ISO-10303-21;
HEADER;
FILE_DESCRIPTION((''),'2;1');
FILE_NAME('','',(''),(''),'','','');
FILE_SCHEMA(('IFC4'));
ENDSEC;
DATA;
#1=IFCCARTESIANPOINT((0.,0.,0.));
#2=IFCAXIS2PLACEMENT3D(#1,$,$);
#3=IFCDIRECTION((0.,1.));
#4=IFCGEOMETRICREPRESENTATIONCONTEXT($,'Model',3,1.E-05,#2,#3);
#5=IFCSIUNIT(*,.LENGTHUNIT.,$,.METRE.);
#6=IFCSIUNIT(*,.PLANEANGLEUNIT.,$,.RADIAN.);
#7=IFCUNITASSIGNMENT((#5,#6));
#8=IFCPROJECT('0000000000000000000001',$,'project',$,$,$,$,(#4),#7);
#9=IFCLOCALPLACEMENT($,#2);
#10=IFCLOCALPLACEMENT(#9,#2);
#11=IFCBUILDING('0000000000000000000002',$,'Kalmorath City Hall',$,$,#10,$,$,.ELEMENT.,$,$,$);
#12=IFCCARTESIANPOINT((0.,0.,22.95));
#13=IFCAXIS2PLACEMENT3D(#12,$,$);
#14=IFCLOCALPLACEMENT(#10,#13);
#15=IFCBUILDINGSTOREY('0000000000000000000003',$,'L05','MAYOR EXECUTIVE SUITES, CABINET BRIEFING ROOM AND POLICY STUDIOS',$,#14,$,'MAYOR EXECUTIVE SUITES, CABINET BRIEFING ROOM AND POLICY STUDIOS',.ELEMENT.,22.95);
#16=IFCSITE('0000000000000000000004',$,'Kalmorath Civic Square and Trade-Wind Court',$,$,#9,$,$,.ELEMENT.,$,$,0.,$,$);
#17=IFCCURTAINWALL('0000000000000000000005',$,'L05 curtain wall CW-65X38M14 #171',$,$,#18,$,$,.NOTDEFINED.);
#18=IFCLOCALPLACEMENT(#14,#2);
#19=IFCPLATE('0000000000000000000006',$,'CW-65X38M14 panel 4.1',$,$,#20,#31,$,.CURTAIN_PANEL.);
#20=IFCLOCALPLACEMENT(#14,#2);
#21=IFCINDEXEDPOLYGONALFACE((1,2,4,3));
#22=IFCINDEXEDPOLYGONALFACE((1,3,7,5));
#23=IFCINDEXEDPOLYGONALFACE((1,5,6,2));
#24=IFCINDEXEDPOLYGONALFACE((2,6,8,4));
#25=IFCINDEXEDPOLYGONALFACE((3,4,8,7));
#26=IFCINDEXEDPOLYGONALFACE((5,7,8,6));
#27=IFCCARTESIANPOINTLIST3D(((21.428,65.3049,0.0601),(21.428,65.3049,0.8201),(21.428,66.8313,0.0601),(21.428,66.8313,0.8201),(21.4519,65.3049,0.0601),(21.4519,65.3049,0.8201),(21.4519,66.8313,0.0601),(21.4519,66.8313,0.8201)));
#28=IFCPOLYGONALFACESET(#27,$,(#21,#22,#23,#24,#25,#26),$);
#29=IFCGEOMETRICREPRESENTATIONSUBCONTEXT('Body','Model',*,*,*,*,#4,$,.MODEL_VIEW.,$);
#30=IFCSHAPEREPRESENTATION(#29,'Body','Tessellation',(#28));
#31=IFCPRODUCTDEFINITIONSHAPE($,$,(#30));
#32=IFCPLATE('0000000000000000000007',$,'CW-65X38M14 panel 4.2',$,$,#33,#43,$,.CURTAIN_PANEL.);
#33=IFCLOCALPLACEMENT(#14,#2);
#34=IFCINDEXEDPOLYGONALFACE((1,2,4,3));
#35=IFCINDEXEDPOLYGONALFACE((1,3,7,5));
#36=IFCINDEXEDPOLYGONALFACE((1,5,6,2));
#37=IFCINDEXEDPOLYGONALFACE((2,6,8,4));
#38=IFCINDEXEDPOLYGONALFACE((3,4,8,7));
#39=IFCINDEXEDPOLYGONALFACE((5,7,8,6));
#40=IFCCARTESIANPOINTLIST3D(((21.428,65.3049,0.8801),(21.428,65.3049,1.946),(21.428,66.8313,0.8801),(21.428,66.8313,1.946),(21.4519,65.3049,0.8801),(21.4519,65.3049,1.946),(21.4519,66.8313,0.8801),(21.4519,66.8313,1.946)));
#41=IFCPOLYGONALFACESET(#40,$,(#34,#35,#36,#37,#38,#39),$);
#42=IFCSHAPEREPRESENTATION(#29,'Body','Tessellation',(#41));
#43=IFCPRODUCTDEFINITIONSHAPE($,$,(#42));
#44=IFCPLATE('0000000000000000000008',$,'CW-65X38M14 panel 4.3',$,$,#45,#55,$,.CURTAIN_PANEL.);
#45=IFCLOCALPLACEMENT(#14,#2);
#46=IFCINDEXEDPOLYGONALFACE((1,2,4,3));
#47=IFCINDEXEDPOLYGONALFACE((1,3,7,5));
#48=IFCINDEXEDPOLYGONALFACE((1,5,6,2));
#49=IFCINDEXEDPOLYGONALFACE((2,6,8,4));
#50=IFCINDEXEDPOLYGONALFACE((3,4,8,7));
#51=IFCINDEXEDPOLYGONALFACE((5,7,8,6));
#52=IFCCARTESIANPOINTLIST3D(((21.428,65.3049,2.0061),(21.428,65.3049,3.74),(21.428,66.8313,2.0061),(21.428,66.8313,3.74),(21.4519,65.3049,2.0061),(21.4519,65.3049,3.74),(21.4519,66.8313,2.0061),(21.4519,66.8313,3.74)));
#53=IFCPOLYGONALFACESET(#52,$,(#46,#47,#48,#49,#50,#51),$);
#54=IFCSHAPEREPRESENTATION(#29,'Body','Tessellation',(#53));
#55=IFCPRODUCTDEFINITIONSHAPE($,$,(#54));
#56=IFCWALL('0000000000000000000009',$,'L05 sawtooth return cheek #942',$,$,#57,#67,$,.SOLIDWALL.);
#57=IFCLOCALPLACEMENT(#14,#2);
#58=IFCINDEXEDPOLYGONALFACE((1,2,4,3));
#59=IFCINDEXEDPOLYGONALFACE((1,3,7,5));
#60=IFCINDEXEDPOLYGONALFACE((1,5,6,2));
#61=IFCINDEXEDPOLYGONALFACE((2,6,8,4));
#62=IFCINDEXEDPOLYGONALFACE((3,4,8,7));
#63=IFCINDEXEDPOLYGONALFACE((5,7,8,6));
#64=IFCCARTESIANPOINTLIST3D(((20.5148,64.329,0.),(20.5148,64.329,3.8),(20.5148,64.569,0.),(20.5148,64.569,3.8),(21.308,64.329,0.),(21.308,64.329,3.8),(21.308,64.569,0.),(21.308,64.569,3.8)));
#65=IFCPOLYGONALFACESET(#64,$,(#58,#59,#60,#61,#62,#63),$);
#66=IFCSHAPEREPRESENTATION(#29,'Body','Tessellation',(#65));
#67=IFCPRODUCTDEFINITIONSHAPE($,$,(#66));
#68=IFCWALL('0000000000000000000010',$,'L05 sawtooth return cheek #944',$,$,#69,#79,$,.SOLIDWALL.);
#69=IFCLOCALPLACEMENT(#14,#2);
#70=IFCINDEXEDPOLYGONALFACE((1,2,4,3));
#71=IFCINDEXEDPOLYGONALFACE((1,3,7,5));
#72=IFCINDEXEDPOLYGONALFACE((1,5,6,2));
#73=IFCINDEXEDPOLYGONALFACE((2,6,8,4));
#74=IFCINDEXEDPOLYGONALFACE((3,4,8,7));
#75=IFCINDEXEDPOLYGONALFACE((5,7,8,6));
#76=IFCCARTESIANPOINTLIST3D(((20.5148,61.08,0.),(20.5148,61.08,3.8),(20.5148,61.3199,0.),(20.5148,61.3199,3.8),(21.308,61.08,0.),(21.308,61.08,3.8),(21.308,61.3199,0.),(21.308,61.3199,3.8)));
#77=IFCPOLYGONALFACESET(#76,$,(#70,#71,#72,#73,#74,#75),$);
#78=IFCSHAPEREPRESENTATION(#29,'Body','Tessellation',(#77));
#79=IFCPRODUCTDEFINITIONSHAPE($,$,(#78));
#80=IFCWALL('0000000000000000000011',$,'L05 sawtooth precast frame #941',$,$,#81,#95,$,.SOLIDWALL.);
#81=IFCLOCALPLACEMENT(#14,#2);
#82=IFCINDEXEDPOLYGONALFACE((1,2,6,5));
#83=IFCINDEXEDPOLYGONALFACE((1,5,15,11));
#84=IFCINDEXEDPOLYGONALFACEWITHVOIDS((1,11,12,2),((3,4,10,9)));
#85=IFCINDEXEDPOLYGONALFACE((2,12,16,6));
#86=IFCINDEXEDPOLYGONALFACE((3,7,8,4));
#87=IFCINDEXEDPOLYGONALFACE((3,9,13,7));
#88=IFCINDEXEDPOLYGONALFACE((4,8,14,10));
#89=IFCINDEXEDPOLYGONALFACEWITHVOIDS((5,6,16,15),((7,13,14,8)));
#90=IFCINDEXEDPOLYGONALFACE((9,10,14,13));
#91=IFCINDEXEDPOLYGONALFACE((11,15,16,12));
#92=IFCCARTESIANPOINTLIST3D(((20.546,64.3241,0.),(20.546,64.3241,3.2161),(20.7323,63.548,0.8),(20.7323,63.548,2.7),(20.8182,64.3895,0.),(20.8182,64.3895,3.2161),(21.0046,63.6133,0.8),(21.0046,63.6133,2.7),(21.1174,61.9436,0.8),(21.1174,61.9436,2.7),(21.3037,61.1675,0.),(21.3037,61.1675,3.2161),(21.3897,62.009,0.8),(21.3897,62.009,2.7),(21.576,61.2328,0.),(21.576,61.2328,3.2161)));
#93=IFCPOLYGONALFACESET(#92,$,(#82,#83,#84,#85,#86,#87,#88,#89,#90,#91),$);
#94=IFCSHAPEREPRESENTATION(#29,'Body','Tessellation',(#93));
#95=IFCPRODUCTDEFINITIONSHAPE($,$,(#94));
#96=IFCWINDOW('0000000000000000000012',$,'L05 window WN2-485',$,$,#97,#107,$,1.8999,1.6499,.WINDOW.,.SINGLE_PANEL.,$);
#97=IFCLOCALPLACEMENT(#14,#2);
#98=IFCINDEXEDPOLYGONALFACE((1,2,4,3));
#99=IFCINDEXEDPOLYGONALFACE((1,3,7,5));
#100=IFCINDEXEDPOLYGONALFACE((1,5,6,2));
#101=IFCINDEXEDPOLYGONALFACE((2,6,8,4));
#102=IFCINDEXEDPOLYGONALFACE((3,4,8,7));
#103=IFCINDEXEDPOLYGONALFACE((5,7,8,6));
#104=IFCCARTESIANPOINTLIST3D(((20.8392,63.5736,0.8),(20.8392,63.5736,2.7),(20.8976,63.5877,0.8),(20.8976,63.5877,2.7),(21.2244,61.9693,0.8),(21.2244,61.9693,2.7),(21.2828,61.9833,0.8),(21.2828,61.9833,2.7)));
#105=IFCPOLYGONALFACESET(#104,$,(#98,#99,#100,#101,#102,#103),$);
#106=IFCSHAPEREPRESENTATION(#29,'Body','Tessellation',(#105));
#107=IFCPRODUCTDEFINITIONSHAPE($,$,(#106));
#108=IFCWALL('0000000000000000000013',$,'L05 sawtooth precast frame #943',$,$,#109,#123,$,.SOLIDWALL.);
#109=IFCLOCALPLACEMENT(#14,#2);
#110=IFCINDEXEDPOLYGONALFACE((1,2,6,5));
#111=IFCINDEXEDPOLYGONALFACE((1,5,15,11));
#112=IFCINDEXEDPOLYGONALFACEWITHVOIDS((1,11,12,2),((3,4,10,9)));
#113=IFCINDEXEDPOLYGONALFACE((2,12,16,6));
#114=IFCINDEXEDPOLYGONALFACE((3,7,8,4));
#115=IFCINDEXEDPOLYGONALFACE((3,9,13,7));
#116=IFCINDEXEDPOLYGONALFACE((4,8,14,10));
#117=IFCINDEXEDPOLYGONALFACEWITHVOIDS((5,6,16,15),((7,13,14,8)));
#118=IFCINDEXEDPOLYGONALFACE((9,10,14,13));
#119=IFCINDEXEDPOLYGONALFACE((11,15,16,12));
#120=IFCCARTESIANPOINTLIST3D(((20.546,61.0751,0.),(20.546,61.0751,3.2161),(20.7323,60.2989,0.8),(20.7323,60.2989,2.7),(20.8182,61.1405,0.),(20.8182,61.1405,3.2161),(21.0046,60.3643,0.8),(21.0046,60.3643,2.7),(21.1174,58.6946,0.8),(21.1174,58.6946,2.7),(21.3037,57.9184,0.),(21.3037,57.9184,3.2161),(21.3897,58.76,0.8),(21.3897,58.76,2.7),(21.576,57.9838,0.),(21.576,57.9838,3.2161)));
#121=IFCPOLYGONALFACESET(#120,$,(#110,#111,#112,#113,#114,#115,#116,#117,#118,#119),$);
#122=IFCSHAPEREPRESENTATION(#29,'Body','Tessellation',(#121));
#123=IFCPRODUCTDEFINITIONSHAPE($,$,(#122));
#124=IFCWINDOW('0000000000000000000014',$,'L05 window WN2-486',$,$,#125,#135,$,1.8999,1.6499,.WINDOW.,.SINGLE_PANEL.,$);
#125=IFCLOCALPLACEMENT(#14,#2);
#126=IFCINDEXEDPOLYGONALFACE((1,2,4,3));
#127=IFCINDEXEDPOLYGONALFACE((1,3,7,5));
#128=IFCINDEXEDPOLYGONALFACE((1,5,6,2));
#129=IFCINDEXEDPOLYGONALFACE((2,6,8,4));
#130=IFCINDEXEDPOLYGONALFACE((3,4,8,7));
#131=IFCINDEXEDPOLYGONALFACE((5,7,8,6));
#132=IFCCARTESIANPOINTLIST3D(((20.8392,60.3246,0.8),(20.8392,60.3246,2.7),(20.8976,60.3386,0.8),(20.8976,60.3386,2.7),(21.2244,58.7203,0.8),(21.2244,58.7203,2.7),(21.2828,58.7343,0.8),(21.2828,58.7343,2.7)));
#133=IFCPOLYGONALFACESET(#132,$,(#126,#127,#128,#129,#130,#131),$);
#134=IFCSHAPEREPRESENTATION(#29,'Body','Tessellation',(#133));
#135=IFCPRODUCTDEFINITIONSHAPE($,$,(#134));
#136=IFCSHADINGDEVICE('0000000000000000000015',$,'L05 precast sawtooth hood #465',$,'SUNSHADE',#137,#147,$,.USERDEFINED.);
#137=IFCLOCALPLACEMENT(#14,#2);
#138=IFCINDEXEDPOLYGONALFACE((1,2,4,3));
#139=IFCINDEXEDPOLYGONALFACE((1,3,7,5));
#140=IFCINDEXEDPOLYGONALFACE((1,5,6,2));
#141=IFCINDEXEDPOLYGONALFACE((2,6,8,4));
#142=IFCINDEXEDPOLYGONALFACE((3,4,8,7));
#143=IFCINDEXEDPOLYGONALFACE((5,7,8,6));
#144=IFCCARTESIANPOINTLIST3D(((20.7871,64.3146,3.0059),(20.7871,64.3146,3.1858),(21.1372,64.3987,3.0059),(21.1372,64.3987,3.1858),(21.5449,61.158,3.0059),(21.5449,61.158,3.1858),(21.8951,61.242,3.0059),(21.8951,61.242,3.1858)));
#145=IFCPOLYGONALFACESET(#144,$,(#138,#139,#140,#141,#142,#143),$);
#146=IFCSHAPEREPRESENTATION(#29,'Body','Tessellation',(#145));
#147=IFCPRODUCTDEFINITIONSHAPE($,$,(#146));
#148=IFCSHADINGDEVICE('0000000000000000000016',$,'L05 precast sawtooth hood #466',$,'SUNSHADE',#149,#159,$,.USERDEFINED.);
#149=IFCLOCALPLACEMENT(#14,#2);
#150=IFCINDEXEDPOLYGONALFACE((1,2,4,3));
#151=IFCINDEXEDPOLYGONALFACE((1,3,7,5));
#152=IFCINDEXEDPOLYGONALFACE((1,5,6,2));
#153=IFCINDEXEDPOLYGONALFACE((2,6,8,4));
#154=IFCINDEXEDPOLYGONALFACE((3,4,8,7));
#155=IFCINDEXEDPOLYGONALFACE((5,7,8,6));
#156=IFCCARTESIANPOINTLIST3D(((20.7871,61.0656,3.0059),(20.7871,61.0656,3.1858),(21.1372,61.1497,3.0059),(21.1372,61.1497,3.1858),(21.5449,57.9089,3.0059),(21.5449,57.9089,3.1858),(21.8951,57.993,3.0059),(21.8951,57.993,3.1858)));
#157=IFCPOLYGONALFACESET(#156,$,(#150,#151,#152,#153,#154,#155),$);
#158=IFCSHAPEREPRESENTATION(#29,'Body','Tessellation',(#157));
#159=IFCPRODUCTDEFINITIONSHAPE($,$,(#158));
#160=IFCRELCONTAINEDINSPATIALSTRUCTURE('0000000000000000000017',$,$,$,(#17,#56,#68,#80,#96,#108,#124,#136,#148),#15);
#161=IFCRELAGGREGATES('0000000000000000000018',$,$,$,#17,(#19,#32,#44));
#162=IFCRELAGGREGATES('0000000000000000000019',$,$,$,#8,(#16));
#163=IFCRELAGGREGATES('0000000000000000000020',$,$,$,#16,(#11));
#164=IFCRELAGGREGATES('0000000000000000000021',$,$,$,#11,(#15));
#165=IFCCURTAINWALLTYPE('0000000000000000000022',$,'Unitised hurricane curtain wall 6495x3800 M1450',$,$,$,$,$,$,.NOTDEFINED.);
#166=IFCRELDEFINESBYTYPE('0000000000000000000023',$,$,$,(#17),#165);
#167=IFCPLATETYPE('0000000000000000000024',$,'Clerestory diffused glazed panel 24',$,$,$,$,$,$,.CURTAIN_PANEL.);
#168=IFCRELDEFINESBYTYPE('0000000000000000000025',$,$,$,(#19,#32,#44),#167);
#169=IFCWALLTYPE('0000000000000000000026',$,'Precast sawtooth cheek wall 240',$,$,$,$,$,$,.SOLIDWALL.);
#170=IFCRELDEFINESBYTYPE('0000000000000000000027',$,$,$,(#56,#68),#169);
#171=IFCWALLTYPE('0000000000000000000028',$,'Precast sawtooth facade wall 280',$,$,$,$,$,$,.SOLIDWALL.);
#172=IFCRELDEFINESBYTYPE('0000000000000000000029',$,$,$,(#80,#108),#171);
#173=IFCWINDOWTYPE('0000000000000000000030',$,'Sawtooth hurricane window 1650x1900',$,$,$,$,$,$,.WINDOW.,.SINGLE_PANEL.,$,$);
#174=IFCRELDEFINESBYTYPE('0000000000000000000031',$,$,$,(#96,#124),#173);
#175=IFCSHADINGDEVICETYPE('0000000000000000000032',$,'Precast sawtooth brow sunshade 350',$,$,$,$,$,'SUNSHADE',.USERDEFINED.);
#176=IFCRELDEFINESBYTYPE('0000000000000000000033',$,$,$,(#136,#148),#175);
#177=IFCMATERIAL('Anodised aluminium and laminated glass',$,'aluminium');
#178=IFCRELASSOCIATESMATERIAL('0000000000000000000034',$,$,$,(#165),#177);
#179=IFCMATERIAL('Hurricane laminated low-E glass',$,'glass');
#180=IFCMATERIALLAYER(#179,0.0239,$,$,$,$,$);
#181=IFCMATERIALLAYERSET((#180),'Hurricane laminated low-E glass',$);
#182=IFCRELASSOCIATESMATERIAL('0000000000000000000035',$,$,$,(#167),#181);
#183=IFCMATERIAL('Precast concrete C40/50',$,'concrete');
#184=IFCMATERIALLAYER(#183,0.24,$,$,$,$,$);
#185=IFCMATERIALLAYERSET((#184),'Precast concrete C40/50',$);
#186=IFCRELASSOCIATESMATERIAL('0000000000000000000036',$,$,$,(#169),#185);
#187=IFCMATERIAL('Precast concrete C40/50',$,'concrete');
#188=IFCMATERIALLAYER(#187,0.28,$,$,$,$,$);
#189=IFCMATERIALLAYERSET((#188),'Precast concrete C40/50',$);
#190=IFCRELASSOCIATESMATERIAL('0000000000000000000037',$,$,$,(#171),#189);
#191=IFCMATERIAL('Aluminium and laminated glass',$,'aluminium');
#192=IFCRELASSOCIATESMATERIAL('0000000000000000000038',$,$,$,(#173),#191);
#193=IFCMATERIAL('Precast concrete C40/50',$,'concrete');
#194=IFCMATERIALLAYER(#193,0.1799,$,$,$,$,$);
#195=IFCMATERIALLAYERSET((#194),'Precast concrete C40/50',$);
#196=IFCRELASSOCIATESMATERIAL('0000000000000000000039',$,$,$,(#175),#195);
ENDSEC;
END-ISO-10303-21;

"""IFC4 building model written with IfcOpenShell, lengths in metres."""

from ifc_helpers import new_model, si_unit, direction, frame, frame_2d, origin, origin_2d, place, context, subcontext, project, spatial, rectangle, extrude, material, layer, layer_set, type_object, element, fill, aggregate, save


model = new_model("IFC4")

# Units and contexts
model_context = context("Model", 3, precision=1e-05, world=origin(), true_north=direction((0.0, 1.0)))
body_context = subcontext(model_context, "Body", "Model", "MODEL_VIEW")
ifc_project = project(units=[si_unit("LENGTHUNIT", "METRE"), si_unit("PLANEANGLEUNIT", "RADIAN")], contexts=[model_context])

# Site, building, storey
site_placement = place(None, origin())
site = spatial("IfcSite", under=ifc_project, at=site_placement, Name="Kalmorath Civic Square and Trade-Wind Court", CompositionType="ELEMENT", RefElevation=0.0)
building_placement = place(site_placement, origin())
building = spatial("IfcBuilding", under=site, at=building_placement, Name="Kalmorath City Hall", CompositionType="ELEMENT")
storey_placement = place(building_placement, frame((0.0, 0.0, 22.95)))
storey = spatial("IfcBuildingStorey", under=building, at=storey_placement, Name="L05", Description="MAYOR EXECUTIVE SUITES, CABINET BRIEFING ROOM AND POLICY STUDIOS", LongName="MAYOR EXECUTIVE SUITES, CABINET BRIEFING ROOM AND POLICY STUDIOS", CompositionType="ELEMENT", Elevation=22.95)

# Curtain wall
ifc_material_1 = material(Name="Anodised aluminium and laminated glass", Category="aluminium")
curtain_wall_type = type_object("IfcCurtainWallType", Name="Unitised hurricane curtain wall 6495x3800 M1450", PredefinedType="NOTDEFINED", material=ifc_material_1)
curtain_wall_placement = place(storey_placement, origin())
curtain_wall = element("IfcCurtainWall", 1, at=curtain_wall_placement, inside=storey, type_object=curtain_wall_type, Name="L05 curtain wall CW-65X38M14 #171", PredefinedType="NOTDEFINED")

# Plates
ifc_material_2 = material(Name="Hurricane laminated low-E glass", Category="glass")
ifc_layer_1 = layer(ifc_material_2, 0.0239)
ifc_layer_set_1 = layer_set([ifc_layer_1], Name="Hurricane laminated low-E glass")
plate_type = type_object("IfcPlateType", Name="Clerestory diffused glazed panel 24", PredefinedType="CURTAIN_PANEL", material=ifc_layer_set_1)
plate_1_placement = place(storey_placement, frame((21.4399, 66.0681, 0.0601), z_axis=(0.0, 0.0, 1.0), x_axis=(0.0, -1.0, 0.0)))
plate_1 = element("IfcPlate", 2, at=plate_1_placement, type_object=plate_type, Name="CW-65X38M14 panel 4.1", PredefinedType="CURTAIN_PANEL", context=body_context, shape_type="SweptSolid", body=[
    extrude(rectangle(XDim=1.5264, YDim=0.0239, at=origin_2d()), origin(), (0.0, 0.0, 1.0), 0.76),
])
plate_2_placement = place(storey_placement, frame((21.4399, 66.0681, 0.8801), z_axis=(0.0, 0.0, 1.0), x_axis=(0.0, -1.0, 0.0)))
plate_2 = element("IfcPlate", 3, at=plate_2_placement, type_object=plate_type, Name="CW-65X38M14 panel 4.2", PredefinedType="CURTAIN_PANEL", context=body_context, shape_type="SweptSolid", body=[
    extrude(rectangle(XDim=1.5264, YDim=0.0239, at=origin_2d()), origin(), (0.0, 0.0, 1.0), 1.0659),
])
plate_3_placement = place(storey_placement, frame((21.4399, 66.0681, 2.0061), z_axis=(0.0, 0.0, 1.0), x_axis=(0.0, -1.0, 0.0)))
plate_3 = element("IfcPlate", 4, at=plate_3_placement, type_object=plate_type, Name="CW-65X38M14 panel 4.3", PredefinedType="CURTAIN_PANEL", context=body_context, shape_type="SweptSolid", body=[
    extrude(rectangle(XDim=1.5264, YDim=0.0239, at=origin_2d()), origin(), (0.0, 0.0, 1.0), 1.7339),
])
aggregate(curtain_wall, [plate_1, plate_2, plate_3])

# Walls
ifc_material_3 = material(Name="Precast concrete C40/50", Category="concrete")
ifc_layer_2 = layer(ifc_material_3, 0.24)
ifc_layer_set_2 = layer_set([ifc_layer_2], Name="Precast concrete C40/50")
wall_type_1 = type_object("IfcWallType", Name="Precast sawtooth cheek wall 240", PredefinedType="SOLIDWALL", material=ifc_layer_set_2)
for number, where, z_axis, x_axis, name in (
    (5, (20.5149, 64.449, 0.0), (0.0, 0.0, 1.0), (1.0, 0.0, 0.0), "L05 sawtooth return cheek #942"),
    (6, (20.5149, 61.2, 0.0), (0.0, 0.0, 1.0), (1.0, 0.0, 0.0), "L05 sawtooth return cheek #944"),
):
    element("IfcWall", number, at=place(storey_placement, frame(where, z_axis=z_axis, x_axis=x_axis)), inside=storey, type_object=wall_type_1, Name=name, PredefinedType="SOLIDWALL", context=body_context, shape_type="SweptSolid", body=[
        extrude(rectangle(XDim=0.7932, YDim=0.24, at=frame_2d((0.3965, 0.0))), origin(), (0.0, 0.0, 1.0), 3.8),
    ])

# Walls, openings, windows
ifc_material_4 = material(Name="Precast concrete C40/50", Category="concrete")
ifc_layer_3 = layer(ifc_material_4, 0.28)
ifc_layer_set_3 = layer_set([ifc_layer_3], Name="Precast concrete C40/50")
wall_type_2 = type_object("IfcWallType", Name="Precast sawtooth facade wall 280", PredefinedType="SOLIDWALL", material=ifc_layer_set_3)
wall_1_placement = place(storey_placement, frame((20.6821, 64.3567, 0.0), z_axis=(0.0, 0.0, 1.0), x_axis=(0.23343, -0.972374, 0.0)))
wall_1 = element("IfcWall", 7, at=wall_1_placement, inside=storey, type_object=wall_type_2, Name="L05 sawtooth precast frame #941", PredefinedType="SOLIDWALL", context=body_context, shape_type="SweptSolid", body=[
    extrude(rectangle(XDim=3.2463, YDim=0.28, at=frame_2d((1.623, 0.0))), origin(), (0.0, 0.0, 1.0), 3.2161),
])
opening_1_placement = place(wall_1_placement, frame((0.7981, 0.0, 0.8)))
opening_1 = element("IfcOpeningElement", 8, at=opening_1_placement, cuts=wall_1, PredefinedType="OPENING", context=body_context, shape_type="SweptSolid", body=[
    extrude(rectangle(XDim=1.6499, YDim=1.8999, at=frame_2d((0.825, 0.95))), frame((0.0, 0.1499, 0.0), z_axis=(0.0, -1.0, 0.0), x_axis=(1.0, 0.0, 0.0)), (0.0, 0.0, 1.0), 0.3),
])
ifc_material_5 = material(Name="Aluminium and laminated glass", Category="aluminium")
window_type = type_object("IfcWindowType", Name="Sawtooth hurricane window 1650x1900", PartitioningType="SINGLE_PANEL", PredefinedType="WINDOW", material=ifc_material_5)
window_1_placement = place(opening_1_placement, origin())
window_1 = element("IfcWindow", 9, at=window_1_placement, inside=storey, type_object=window_type, Name="L05 window WN2-485", OverallHeight=1.8999, OverallWidth=1.6499, PartitioningType="SINGLE_PANEL", PredefinedType="WINDOW", context=body_context, shape_type="SweptSolid", body=[
    extrude(rectangle(XDim=1.6499, YDim=1.8999, at=frame_2d((0.825, 0.95))), frame((0.0, 0.03, 0.0), z_axis=(0.0, -1.0, 0.0), x_axis=(1.0, 0.0, 0.0)), (0.0, 0.0, 1.0), 0.0601),
])
fill(opening_1, window_1)
wall_2_placement = place(storey_placement, frame((20.6821, 61.1077, 0.0), z_axis=(0.0, 0.0, 1.0), x_axis=(0.23343, -0.972374, 0.0)))
wall_2 = element("IfcWall", 10, at=wall_2_placement, inside=storey, type_object=wall_type_2, Name="L05 sawtooth precast frame #943", PredefinedType="SOLIDWALL", context=body_context, shape_type="SweptSolid", body=[
    extrude(rectangle(XDim=3.2463, YDim=0.28, at=frame_2d((1.623, 0.0))), origin(), (0.0, 0.0, 1.0), 3.2161),
])
opening_2_placement = place(wall_2_placement, frame((0.7981, 0.0, 0.8)))
opening_2 = element("IfcOpeningElement", 11, at=opening_2_placement, cuts=wall_2, PredefinedType="OPENING", context=body_context, shape_type="SweptSolid", body=[
    extrude(rectangle(XDim=1.6499, YDim=1.8999, at=frame_2d((0.825, 0.95))), frame((0.0, 0.1499, 0.0), z_axis=(0.0, -1.0, 0.0), x_axis=(1.0, 0.0, 0.0)), (0.0, 0.0, 1.0), 0.3),
])
window_2_placement = place(opening_2_placement, origin())
window_2 = element("IfcWindow", 12, at=window_2_placement, inside=storey, type_object=window_type, Name="L05 window WN2-486", OverallHeight=1.8999, OverallWidth=1.6499, PartitioningType="SINGLE_PANEL", PredefinedType="WINDOW", context=body_context, shape_type="SweptSolid", body=[
    extrude(rectangle(XDim=1.6499, YDim=1.8999, at=frame_2d((0.825, 0.95))), frame((0.0, 0.03, 0.0), z_axis=(0.0, -1.0, 0.0), x_axis=(1.0, 0.0, 0.0)), (0.0, 0.0, 1.0), 0.0601),
])
fill(opening_2, window_2)

# Shading devices
ifc_material_6 = material(Name="Precast concrete C40/50", Category="concrete")
ifc_layer_4 = layer(ifc_material_6, 0.1799)
ifc_layer_set_4 = layer_set([ifc_layer_4], Name="Precast concrete C40/50")
shading_device_type = type_object("IfcShadingDeviceType", Name="Precast sawtooth brow sunshade 350", ElementType="SUNSHADE", PredefinedType="USERDEFINED", material=ifc_layer_set_4)
for number, where, z_axis, x_axis, name in (
    (13, (21.3411, 62.7783, 3.0059), (0.0, 0.0, 1.0), (0.233445, -0.97237, 0.0), "L05 precast sawtooth hood #465"),
    (14, (21.3411, 59.5293, 3.0059), (0.0, 0.0, 1.0), (0.233445, -0.97237, 0.0), "L05 precast sawtooth hood #466"),
):
    element("IfcShadingDevice", number, at=place(storey_placement, frame(where, z_axis=z_axis, x_axis=x_axis)), inside=storey, type_object=shading_device_type, Name=name, ObjectType="SUNSHADE", PredefinedType="USERDEFINED", context=body_context, shape_type="SweptSolid", body=[
        extrude(rectangle(XDim=3.2463, YDim=0.3601, at=origin_2d()), origin(), (0.0, 0.0, 1.0), 0.1799),
    ])

save(model, "model.ifc")
